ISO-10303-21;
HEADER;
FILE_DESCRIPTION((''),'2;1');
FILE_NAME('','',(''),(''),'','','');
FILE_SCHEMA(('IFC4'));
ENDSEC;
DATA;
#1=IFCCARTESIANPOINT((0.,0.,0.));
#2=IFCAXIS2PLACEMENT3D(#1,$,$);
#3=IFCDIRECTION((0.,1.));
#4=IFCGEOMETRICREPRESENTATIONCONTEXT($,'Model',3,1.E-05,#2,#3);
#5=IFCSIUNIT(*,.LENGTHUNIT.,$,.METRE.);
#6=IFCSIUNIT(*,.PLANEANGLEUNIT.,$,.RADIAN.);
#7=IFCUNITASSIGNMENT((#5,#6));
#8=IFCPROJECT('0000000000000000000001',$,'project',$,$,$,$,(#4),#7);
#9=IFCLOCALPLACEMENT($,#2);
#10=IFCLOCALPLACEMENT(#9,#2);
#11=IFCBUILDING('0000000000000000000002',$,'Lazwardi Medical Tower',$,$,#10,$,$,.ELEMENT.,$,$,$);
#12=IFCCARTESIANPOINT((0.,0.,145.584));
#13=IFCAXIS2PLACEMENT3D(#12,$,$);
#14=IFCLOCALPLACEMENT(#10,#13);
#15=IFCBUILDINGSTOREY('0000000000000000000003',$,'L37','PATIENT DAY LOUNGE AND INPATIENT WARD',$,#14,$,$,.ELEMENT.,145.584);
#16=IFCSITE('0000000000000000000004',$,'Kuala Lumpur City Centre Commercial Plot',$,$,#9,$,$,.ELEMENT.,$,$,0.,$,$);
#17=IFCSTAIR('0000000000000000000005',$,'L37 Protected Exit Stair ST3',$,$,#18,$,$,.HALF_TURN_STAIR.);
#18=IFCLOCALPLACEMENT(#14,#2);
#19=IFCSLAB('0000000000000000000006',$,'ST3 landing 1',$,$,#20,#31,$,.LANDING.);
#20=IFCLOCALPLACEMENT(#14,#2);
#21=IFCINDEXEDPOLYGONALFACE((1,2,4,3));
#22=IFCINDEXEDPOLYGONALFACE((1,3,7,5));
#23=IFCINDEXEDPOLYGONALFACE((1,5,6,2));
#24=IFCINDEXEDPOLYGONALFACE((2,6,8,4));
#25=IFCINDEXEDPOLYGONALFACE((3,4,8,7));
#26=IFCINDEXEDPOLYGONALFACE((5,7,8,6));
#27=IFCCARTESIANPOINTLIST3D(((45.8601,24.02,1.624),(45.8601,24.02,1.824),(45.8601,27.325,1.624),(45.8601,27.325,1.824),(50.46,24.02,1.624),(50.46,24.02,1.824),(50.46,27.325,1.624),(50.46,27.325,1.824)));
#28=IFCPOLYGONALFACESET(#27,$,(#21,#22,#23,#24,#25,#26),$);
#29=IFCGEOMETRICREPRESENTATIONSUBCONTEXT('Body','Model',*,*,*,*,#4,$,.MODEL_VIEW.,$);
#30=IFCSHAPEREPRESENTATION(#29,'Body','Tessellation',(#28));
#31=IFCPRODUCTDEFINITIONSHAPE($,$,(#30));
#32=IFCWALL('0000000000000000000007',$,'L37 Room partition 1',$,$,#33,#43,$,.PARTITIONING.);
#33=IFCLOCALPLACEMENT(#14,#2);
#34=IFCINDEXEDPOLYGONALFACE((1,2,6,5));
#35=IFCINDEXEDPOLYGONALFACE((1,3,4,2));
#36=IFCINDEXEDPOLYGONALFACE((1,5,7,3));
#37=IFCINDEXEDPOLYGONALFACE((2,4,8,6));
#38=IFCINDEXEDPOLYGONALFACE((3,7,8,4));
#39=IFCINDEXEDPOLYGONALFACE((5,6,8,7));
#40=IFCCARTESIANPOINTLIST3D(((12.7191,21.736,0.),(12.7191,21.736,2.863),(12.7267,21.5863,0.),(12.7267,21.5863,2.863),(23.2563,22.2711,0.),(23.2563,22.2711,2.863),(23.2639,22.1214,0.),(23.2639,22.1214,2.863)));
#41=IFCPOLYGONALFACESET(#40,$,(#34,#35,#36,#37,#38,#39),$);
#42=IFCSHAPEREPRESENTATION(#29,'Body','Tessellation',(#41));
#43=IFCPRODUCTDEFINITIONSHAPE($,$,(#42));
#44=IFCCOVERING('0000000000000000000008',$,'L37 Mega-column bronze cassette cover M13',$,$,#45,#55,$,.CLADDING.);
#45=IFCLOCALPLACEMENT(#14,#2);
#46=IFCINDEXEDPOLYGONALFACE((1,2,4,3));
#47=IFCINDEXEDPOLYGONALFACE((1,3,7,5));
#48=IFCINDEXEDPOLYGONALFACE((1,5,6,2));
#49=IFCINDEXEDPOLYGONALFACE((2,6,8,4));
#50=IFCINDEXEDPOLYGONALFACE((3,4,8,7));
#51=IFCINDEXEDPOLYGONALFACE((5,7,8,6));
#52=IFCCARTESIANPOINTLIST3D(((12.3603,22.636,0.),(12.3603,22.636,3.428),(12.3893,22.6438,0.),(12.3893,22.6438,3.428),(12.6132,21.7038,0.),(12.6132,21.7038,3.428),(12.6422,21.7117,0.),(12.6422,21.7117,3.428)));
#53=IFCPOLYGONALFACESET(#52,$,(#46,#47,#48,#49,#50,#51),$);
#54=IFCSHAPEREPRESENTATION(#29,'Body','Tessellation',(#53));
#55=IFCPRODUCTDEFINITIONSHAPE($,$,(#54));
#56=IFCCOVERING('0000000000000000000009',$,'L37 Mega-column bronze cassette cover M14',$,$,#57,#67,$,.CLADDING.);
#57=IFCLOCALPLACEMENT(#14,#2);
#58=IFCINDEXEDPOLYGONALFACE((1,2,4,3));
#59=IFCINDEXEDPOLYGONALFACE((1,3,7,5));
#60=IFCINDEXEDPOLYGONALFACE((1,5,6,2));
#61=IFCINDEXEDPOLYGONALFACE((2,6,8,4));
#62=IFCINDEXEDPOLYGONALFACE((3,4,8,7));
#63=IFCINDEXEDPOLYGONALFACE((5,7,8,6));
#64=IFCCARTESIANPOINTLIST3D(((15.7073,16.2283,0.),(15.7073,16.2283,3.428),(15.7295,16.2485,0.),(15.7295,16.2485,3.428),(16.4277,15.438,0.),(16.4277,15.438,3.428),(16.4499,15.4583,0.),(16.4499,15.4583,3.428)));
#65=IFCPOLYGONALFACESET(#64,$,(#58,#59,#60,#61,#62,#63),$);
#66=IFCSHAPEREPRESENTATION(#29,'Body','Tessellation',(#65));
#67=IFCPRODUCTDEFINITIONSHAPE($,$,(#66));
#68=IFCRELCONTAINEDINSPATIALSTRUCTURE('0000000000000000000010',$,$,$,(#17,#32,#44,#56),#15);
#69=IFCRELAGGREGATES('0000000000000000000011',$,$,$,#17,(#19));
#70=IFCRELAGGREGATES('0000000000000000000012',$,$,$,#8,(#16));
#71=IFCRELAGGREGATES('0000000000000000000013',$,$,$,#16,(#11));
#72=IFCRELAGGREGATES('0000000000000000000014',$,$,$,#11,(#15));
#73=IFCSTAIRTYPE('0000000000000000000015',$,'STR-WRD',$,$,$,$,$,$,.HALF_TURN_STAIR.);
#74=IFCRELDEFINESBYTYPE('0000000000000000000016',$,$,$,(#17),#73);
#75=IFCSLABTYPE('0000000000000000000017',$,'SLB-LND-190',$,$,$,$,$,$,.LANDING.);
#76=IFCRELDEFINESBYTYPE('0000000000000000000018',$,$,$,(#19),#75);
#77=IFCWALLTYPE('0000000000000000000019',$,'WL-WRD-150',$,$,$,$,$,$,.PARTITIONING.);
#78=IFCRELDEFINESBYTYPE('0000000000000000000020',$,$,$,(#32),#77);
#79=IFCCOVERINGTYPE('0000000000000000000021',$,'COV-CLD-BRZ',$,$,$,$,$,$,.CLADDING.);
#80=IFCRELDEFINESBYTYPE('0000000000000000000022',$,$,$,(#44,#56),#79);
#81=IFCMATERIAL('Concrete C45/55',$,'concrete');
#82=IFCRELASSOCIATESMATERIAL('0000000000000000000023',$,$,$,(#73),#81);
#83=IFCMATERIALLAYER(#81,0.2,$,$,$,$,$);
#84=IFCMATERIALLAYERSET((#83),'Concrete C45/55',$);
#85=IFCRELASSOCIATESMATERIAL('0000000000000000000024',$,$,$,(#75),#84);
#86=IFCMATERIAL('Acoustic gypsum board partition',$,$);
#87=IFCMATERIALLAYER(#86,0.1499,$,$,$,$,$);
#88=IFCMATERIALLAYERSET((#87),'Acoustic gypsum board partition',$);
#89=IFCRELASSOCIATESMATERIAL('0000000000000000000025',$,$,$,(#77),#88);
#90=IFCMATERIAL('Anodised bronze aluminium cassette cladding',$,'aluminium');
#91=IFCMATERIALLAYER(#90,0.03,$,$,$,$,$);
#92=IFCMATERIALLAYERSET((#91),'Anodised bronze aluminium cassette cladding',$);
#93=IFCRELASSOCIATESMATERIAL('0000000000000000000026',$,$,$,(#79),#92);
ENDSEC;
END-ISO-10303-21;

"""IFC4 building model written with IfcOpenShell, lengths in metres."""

from ifc_helpers import new_model, si_unit, direction, frame, frame_2d, origin, origin_2d, place, context, subcontext, project, spatial, polyline, rectangle, outline, extrude, material, layer, layer_set, type_object, element, aggregate, save


model = new_model("IFC4")

# Units and contexts
model_context = context("Model", 3, precision=1e-05, world=origin(), true_north=direction((0.0, 1.0)))
body_context = subcontext(model_context, "Body", "Model", "MODEL_VIEW")
ifc_project = project(units=[si_unit("LENGTHUNIT", "METRE"), si_unit("PLANEANGLEUNIT", "RADIAN")], contexts=[model_context])

# Site, building, storey
site_placement = place(None, origin())
site = spatial("IfcSite", under=ifc_project, at=site_placement, Name="Kuala Lumpur City Centre Commercial Plot", CompositionType="ELEMENT", RefElevation=0.0)
building_placement = place(site_placement, origin())
building = spatial("IfcBuilding", under=site, at=building_placement, Name="Lazwardi Medical Tower", CompositionType="ELEMENT")
storey_placement = place(building_placement, frame((0.0, 0.0, 145.584)))
storey = spatial("IfcBuildingStorey", under=building, at=storey_placement, Name="L37", Description="PATIENT DAY LOUNGE AND INPATIENT WARD", CompositionType="ELEMENT", Elevation=145.584)

# Stair, slab
ifc_material_1 = material(Name="Concrete C45/55", Category="concrete")
stair_type = type_object("IfcStairType", Name="STR-WRD", PredefinedType="HALF_TURN_STAIR", material=ifc_material_1)
stair_placement = place(storey_placement, origin())
stair = element("IfcStair", 1, at=stair_placement, inside=storey, type_object=stair_type, Name="L37 Protected Exit Stair ST3", PredefinedType="HALF_TURN_STAIR")
ifc_layer_1 = layer(ifc_material_1, 0.2)
ifc_layer_set_1 = layer_set([ifc_layer_1], Name="Concrete C45/55")
slab_type = type_object("IfcSlabType", Name="SLB-LND-190", PredefinedType="LANDING", material=ifc_layer_set_1)
slab_placement = place(storey_placement, frame((0.0, 0.0, 1.624)))
slab = element("IfcSlab", 2, at=slab_placement, type_object=slab_type, Name="ST3 landing 1", PredefinedType="LANDING", context=body_context, shape_type="SweptSolid", body=[
    extrude(outline(polyline([(45.8601, 27.325), (45.8601, 24.02), (50.46, 24.02), (50.46, 27.325), (45.8601, 27.325)])), origin(), (0.0, 0.0, 1.0), 0.2),
])
aggregate(stair, [slab])

# Wall
ifc_material_2 = material(Name="Acoustic gypsum board partition")
ifc_layer_2 = layer(ifc_material_2, 0.1499)
ifc_layer_set_2 = layer_set([ifc_layer_2], Name="Acoustic gypsum board partition")
wall_type = type_object("IfcWallType", Name="WL-WRD-150", PredefinedType="PARTITIONING", material=ifc_layer_set_2)
wall_placement = place(storey_placement, frame((12.7229, 21.6611, 0.0), z_axis=(0.0, 0.0, 1.0), x_axis=(0.998713, 0.050722, 0.0)))
element("IfcWall", 3, at=wall_placement, inside=storey, type_object=wall_type, Name="L37 Room partition 1", PredefinedType="PARTITIONING", context=body_context, shape_type="SweptSolid", body=[
    extrude(rectangle(XDim=10.5508, YDim=0.1499, at=frame_2d((5.2754, 0.0))), origin(), (0.0, 0.0, 1.0), 2.863),
])

# Coverings
ifc_material_3 = material(Name="Anodised bronze aluminium cassette cladding", Category="aluminium")
ifc_layer_3 = layer(ifc_material_3, 0.03)
ifc_layer_set_3 = layer_set([ifc_layer_3], Name="Anodised bronze aluminium cassette cladding")
covering_type = type_object("IfcCoveringType", Name="COV-CLD-BRZ", PredefinedType="CLADDING", material=ifc_layer_set_3)
covering_1_placement = place(storey_placement, frame((12.5012, 22.1738, 0.0), z_axis=(0.0, 0.0, 1.0), x_axis=(0.261829, -0.965114, 0.0)))
element("IfcCovering", 4, at=covering_1_placement, inside=storey, type_object=covering_type, Name="L37 Mega-column bronze cassette cover M13", PredefinedType="CLADDING", context=body_context, shape_type="SweptSolid", body=[
    extrude(rectangle(XDim=0.9658, YDim=0.03, at=origin_2d()), origin(), (0.0, 0.0, 1.0), 3.428),
])
covering_2_placement = place(storey_placement, frame((16.0786, 15.8433, 0.0), z_axis=(0.0, 0.0, 1.0), x_axis=(0.673714, -0.738992, 0.0)))
element("IfcCovering", 5, at=covering_2_placement, inside=storey, type_object=covering_type, Name="L37 Mega-column bronze cassette cover M14", PredefinedType="CLADDING", context=body_context, shape_type="SweptSolid", body=[
    extrude(rectangle(XDim=1.0693, YDim=0.03, at=origin_2d()), origin(), (0.0, 0.0, 1.0), 3.428),
])

save(model, "model.ifc")
